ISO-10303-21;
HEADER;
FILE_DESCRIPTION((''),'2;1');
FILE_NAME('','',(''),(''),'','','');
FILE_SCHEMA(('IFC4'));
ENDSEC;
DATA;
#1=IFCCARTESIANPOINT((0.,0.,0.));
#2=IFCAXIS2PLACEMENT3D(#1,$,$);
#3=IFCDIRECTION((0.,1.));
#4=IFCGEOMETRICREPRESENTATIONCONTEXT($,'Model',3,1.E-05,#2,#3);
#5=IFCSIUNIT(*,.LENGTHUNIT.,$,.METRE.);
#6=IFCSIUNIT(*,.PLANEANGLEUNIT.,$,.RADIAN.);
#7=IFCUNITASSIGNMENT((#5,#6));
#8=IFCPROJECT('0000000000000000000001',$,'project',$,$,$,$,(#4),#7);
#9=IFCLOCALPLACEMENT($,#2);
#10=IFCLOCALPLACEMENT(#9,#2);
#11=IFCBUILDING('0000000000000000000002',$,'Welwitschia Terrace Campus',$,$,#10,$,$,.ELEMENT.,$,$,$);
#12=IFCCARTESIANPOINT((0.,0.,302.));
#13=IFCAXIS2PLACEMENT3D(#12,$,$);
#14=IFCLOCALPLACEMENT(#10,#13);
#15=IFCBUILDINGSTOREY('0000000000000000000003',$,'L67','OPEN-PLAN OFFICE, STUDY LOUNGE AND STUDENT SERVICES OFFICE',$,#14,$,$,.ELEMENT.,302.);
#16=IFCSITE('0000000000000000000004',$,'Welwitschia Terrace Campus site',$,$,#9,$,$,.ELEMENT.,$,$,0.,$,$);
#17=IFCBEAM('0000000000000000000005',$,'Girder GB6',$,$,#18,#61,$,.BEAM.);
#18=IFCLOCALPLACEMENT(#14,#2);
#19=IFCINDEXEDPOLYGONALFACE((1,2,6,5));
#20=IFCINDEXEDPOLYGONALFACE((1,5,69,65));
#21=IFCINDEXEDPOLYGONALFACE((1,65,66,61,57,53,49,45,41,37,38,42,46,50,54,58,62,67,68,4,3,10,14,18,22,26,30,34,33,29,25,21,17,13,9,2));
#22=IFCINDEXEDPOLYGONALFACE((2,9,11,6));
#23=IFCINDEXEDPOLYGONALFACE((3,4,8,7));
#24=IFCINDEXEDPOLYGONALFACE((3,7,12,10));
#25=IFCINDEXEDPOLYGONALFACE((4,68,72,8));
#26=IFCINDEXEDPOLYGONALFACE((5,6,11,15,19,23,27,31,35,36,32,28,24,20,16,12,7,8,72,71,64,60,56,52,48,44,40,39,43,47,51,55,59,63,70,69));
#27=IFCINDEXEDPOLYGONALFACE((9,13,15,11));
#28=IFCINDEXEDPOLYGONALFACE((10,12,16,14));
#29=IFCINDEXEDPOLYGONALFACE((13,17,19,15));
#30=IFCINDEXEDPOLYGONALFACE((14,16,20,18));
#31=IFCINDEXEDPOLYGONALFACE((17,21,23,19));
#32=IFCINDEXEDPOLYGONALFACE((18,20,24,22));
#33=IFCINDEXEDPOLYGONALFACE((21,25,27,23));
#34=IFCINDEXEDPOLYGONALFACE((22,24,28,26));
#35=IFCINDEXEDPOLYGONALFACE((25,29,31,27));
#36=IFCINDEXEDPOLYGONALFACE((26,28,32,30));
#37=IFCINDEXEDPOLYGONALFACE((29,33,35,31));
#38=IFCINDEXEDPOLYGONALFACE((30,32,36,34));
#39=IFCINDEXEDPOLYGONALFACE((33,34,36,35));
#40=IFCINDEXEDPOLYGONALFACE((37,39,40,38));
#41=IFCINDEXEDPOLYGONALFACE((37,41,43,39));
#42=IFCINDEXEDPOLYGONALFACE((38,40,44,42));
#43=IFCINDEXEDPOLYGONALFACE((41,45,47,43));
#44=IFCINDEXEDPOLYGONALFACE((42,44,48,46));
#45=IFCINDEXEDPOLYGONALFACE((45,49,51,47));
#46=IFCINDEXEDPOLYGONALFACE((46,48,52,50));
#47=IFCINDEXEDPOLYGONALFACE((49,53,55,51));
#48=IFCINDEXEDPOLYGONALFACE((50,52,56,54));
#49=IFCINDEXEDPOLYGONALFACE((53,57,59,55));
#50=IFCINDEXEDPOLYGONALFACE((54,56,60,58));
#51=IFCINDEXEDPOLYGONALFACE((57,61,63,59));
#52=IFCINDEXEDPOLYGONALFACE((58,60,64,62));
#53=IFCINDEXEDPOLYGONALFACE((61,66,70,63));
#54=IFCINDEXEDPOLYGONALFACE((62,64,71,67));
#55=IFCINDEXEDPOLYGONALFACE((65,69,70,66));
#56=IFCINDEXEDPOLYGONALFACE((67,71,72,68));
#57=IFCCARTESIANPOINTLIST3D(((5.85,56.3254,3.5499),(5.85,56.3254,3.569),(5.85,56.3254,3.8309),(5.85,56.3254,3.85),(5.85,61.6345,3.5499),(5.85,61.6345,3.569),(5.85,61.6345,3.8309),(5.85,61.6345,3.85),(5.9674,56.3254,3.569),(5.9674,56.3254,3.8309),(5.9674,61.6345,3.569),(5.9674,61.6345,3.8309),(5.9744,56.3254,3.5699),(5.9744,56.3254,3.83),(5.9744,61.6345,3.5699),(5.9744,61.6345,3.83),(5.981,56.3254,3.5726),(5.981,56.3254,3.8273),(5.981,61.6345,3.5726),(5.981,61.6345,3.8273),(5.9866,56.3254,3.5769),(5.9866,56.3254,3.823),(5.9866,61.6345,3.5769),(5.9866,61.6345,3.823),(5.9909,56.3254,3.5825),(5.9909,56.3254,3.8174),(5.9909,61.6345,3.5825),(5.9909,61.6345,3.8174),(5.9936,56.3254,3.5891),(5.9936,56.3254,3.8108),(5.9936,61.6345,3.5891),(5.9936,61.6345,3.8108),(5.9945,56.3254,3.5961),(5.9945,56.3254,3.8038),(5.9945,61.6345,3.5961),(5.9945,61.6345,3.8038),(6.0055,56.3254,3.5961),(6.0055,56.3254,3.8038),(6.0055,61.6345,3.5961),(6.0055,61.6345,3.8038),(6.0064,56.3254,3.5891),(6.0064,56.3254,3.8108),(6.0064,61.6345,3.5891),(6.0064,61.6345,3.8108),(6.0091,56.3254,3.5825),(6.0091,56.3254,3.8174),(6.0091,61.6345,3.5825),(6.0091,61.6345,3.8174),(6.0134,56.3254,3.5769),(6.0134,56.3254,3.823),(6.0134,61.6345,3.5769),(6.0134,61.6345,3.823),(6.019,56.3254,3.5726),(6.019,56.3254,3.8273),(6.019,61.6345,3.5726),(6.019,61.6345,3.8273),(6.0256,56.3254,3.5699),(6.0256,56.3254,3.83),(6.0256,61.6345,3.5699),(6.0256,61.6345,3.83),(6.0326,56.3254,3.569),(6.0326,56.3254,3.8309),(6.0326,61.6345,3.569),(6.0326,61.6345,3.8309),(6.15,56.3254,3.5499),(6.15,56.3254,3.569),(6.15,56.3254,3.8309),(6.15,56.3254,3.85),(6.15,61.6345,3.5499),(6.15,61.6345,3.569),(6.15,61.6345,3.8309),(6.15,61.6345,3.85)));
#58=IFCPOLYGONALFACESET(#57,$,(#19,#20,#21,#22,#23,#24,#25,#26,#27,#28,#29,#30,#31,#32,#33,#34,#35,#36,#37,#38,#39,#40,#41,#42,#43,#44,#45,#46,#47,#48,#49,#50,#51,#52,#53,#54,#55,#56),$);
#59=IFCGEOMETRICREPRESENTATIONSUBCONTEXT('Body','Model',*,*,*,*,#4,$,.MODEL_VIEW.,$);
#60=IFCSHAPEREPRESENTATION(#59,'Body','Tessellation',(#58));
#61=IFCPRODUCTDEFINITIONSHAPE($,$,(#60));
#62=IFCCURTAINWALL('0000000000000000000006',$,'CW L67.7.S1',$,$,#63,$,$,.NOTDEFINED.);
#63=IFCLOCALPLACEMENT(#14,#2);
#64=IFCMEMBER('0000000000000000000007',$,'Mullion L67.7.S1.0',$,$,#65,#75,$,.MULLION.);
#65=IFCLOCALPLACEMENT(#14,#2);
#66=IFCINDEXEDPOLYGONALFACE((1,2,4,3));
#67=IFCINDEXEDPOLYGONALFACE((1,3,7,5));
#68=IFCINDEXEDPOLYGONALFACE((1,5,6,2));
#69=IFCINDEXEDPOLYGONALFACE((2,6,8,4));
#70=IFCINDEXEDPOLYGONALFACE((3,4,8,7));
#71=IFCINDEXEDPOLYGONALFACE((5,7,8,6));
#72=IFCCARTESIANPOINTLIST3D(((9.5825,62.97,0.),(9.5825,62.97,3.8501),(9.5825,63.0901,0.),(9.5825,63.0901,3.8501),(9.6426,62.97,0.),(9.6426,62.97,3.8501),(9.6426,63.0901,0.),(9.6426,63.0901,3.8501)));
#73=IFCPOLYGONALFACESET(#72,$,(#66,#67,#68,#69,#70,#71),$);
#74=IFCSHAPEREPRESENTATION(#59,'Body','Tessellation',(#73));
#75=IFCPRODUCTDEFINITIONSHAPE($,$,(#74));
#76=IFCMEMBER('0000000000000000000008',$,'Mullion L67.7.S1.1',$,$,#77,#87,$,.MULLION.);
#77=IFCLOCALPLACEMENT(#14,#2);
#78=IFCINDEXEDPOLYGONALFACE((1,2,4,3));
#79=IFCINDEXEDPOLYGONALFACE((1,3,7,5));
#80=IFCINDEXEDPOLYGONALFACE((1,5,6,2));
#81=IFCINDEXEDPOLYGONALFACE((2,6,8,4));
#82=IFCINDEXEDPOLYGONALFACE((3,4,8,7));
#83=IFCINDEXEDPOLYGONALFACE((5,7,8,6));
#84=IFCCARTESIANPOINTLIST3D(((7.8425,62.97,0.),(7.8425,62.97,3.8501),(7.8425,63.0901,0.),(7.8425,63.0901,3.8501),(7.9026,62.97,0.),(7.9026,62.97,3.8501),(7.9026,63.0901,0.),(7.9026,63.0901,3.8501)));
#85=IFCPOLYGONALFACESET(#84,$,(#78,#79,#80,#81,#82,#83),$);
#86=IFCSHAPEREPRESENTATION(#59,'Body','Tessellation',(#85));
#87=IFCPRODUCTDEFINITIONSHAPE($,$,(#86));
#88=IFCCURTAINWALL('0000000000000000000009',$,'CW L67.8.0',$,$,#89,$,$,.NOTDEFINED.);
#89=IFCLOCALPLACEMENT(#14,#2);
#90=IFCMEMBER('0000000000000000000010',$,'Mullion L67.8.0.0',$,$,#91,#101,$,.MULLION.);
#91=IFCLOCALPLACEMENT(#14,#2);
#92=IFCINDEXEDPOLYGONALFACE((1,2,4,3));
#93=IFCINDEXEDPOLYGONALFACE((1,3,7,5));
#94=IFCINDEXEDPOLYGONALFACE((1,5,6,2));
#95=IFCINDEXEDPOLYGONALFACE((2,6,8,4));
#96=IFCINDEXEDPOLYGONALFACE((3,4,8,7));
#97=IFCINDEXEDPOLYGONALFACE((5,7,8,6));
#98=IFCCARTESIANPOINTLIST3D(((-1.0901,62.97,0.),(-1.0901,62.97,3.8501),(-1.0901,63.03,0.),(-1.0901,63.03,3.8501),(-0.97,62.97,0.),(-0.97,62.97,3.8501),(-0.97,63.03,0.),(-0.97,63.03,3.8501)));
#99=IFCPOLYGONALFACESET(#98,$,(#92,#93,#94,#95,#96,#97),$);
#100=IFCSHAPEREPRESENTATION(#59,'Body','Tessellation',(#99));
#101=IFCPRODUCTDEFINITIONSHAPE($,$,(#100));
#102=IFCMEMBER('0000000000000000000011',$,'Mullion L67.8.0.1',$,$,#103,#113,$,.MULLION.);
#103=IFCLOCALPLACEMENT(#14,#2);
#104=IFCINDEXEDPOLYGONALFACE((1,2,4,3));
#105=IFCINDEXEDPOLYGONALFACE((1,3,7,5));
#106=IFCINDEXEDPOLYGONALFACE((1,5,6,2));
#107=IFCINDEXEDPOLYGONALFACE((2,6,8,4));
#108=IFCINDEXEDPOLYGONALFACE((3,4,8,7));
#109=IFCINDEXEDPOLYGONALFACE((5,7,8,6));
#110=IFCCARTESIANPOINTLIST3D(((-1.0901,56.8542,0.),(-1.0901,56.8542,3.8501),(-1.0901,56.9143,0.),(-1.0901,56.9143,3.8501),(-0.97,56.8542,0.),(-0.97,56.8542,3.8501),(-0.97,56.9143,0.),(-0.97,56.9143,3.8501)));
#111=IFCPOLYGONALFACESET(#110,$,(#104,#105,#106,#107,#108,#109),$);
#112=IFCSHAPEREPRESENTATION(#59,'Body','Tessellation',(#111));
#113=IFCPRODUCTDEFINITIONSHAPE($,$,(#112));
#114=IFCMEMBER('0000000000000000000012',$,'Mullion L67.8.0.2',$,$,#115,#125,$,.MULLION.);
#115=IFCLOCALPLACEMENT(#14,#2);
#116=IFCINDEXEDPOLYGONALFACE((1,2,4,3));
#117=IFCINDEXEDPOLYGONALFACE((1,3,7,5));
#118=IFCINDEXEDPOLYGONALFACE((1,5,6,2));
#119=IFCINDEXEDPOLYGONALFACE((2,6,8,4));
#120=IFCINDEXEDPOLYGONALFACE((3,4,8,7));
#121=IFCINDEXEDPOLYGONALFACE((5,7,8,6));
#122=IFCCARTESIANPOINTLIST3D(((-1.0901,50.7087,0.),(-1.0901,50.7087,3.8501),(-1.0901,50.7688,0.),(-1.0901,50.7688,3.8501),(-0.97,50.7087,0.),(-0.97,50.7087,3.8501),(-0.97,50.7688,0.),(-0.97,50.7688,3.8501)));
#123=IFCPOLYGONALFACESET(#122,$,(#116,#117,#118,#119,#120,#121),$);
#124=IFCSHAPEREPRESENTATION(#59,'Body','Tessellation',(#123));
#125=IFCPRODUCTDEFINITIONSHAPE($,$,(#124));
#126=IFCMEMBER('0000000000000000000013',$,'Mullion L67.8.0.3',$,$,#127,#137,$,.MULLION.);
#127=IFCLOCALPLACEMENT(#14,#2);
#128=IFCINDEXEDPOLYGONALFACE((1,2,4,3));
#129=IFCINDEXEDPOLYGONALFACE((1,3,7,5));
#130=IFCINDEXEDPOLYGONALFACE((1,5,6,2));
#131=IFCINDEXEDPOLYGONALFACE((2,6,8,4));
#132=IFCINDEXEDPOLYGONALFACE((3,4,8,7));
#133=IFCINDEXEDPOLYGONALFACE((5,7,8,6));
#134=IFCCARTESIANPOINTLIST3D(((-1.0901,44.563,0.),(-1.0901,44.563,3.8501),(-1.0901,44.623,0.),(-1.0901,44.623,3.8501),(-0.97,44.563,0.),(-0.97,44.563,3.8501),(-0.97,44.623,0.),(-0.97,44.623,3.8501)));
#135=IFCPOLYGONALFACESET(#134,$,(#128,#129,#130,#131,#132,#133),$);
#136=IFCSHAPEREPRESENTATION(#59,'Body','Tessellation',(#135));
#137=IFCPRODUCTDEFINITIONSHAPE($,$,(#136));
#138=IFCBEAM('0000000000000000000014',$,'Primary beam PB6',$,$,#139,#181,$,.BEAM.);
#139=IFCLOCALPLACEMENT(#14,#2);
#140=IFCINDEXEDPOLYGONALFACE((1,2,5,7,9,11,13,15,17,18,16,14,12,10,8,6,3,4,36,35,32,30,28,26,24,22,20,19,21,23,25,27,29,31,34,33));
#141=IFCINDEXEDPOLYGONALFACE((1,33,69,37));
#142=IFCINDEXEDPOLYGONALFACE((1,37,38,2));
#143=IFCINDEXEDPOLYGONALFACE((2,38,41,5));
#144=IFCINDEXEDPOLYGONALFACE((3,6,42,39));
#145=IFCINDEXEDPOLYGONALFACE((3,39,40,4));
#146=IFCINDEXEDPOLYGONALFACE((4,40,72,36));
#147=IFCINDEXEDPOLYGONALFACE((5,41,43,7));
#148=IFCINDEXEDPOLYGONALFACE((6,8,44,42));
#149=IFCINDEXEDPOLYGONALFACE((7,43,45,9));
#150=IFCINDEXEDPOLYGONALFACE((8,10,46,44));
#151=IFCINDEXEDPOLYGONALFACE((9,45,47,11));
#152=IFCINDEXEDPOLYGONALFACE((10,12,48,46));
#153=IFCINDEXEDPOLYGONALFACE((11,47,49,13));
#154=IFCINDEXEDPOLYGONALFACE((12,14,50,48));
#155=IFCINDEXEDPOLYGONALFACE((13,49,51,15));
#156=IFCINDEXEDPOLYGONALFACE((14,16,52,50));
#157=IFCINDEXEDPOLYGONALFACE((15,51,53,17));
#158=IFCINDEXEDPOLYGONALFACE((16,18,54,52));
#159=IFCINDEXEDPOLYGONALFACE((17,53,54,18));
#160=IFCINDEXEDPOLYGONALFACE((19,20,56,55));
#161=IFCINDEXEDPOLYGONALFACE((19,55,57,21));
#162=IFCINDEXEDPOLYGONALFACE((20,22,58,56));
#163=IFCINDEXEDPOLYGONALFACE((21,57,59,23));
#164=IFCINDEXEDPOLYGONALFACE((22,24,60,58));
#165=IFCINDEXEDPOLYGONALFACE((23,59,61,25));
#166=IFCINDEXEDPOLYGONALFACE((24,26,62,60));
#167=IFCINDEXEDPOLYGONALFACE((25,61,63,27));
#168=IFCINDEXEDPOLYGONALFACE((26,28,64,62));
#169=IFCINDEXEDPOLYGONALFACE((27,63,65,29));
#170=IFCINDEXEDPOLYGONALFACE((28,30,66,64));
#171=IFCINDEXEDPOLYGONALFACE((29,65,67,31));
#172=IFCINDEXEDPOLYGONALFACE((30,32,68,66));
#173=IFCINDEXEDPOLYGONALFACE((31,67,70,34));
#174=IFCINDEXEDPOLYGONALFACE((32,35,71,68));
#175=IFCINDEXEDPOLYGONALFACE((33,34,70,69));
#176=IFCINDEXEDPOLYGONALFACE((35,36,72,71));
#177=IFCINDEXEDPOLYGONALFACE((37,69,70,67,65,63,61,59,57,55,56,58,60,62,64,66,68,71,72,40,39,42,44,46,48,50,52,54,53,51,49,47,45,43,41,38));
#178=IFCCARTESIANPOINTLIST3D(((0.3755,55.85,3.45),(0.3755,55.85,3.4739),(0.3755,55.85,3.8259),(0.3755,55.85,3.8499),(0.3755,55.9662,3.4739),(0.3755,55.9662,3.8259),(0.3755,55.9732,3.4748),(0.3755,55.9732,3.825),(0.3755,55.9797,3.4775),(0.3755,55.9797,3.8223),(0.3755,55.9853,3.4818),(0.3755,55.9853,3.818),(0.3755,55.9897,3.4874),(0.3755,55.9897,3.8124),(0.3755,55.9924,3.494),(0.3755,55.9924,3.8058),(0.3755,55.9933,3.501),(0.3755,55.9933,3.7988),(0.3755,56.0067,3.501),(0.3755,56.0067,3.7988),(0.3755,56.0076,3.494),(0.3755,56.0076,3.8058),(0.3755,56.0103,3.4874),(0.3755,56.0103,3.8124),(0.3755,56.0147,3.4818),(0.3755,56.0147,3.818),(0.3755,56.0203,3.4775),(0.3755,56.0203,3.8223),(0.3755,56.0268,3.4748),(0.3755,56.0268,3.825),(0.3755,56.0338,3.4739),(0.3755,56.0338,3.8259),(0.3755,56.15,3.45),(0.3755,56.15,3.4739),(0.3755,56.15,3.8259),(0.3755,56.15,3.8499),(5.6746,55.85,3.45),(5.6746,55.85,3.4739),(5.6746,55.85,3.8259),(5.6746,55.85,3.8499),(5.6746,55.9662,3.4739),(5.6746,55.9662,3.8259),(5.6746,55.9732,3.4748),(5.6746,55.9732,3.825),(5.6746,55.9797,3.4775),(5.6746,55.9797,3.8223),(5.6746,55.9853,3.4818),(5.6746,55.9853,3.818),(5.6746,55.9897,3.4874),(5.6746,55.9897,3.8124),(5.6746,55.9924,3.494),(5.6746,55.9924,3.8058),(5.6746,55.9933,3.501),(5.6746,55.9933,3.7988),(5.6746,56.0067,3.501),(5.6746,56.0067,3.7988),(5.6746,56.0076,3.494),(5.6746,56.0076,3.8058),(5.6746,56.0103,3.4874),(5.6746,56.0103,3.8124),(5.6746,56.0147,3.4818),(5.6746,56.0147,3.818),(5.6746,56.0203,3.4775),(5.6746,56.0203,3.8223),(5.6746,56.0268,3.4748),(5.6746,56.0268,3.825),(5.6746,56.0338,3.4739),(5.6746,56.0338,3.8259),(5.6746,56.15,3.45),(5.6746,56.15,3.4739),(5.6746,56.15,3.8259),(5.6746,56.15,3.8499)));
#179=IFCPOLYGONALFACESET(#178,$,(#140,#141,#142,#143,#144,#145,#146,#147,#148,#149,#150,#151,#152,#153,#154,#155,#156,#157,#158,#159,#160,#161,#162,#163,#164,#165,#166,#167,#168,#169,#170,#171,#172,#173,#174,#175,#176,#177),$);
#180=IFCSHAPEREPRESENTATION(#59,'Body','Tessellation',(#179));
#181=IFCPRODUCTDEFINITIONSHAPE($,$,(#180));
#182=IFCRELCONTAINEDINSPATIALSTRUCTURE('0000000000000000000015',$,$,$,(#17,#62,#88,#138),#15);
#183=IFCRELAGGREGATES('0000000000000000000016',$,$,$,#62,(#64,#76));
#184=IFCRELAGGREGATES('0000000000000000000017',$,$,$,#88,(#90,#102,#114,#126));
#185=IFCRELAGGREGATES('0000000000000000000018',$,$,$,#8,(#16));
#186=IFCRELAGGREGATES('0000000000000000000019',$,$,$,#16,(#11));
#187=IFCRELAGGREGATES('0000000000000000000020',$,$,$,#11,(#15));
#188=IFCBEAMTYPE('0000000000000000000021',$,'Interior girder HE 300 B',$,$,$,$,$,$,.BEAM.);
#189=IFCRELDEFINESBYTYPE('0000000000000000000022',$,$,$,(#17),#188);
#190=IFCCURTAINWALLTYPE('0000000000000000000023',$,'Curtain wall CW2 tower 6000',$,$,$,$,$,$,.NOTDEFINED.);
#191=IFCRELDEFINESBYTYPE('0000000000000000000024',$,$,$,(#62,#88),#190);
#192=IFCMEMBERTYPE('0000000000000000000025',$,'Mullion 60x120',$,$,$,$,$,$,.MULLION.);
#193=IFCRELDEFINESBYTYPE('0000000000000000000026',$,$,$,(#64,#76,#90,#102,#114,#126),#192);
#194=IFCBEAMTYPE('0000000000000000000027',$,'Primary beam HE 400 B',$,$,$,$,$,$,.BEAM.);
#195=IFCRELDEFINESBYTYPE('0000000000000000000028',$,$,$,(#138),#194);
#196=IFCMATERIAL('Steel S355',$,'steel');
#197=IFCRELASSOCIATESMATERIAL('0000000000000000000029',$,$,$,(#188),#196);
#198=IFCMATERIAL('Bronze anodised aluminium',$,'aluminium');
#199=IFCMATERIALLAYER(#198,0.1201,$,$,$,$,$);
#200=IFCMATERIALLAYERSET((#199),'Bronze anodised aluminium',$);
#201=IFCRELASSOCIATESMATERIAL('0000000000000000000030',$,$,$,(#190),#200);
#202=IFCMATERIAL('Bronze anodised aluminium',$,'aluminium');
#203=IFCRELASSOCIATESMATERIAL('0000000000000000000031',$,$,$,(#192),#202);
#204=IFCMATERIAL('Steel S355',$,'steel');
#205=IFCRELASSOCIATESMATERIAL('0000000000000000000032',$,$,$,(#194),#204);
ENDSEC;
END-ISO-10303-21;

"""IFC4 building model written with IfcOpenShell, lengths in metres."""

from ifc_helpers import new_model, si_unit, direction, frame, origin, origin_2d, place, context, subcontext, project, spatial, rectangle, i_section, extrude, material, layer, layer_set, material_profile, profile_set, type_object, element, aggregate, save


model = new_model("IFC4")

# Units and contexts
model_context = context("Model", 3, precision=1e-05, world=origin(), true_north=direction((0.0, 1.0)))
body_context = subcontext(model_context, "Body", "Model", "MODEL_VIEW")
ifc_project = project(units=[si_unit("LENGTHUNIT", "METRE"), si_unit("PLANEANGLEUNIT", "RADIAN")], contexts=[model_context])

# Site, building, storey
site_placement = place(None, origin())
site = spatial("IfcSite", under=ifc_project, at=site_placement, Name="Welwitschia Terrace Campus site", CompositionType="ELEMENT", RefElevation=0.0)
building_placement = place(site_placement, origin())
building = spatial("IfcBuilding", under=site, at=building_placement, Name="Welwitschia Terrace Campus", CompositionType="ELEMENT")
storey_placement = place(building_placement, frame((0.0, 0.0, 302.0)))
storey = spatial("IfcBuildingStorey", under=building, at=storey_placement, Name="L67", Description="OPEN-PLAN OFFICE, STUDY LOUNGE AND STUDENT SERVICES OFFICE", CompositionType="ELEMENT", Elevation=302.0)

# Beam
ifc_material_1 = material(Name="Steel S355", Category="steel")
ifc_material_profile_1 = material_profile(ifc_material_1, i_section(OverallWidth=0.3, OverallDepth=0.3, WebThickness=0.011, FlangeThickness=0.019, FilletRadius=0.0271, at=origin_2d()))
ifc_profile_set_1 = profile_set([ifc_material_profile_1], Name="Steel S355")
beam_type_1 = type_object("IfcBeamType", Name="Interior girder HE 300 B", PredefinedType="BEAM", material=ifc_profile_set_1)
beam_1_placement = place(storey_placement, frame((6.0, 56.3254, 3.7), z_axis=(0.0, 1.0, 0.0), x_axis=(-1.0, 0.0, 0.0)))
element("IfcBeam", 1, at=beam_1_placement, inside=storey, type_object=beam_type_1, Name="Girder GB6", PredefinedType="BEAM", context=body_context, shape_type="SweptSolid", body=[
    extrude(i_section(OverallWidth=0.3, OverallDepth=0.3, WebThickness=0.011, FlangeThickness=0.019, FilletRadius=0.0271, at=origin_2d()), origin(), (0.0, 0.0, 1.0), 5.3091),
])

# Curtain walls, members
ifc_material_2 = material(Name="Bronze anodised aluminium", Category="aluminium")
ifc_layer_1 = layer(ifc_material_2, 0.1201)
ifc_layer_set_1 = layer_set([ifc_layer_1], Name="Bronze anodised aluminium")
curtain_wall_type = type_object("IfcCurtainWallType", Name="Curtain wall CW2 tower 6000", PredefinedType="NOTDEFINED", material=ifc_layer_set_1)
curtain_wall_1_placement = place(storey_placement, origin())
curtain_wall_1 = element("IfcCurtainWall", 2, at=curtain_wall_1_placement, inside=storey, type_object=curtain_wall_type, Name="CW L67.7.S1", PredefinedType="NOTDEFINED")
ifc_material_3 = material(Name="Bronze anodised aluminium", Category="aluminium")
ifc_material_profile_2 = material_profile(ifc_material_3, rectangle(XDim=0.1201, YDim=0.0601, at=origin_2d()))
ifc_profile_set_2 = profile_set([ifc_material_profile_2], Name="Bronze anodised aluminium")
member_type_1 = type_object("IfcMemberType", Name="Mullion 60x120", PredefinedType="MULLION", material=ifc_profile_set_2)
member_1_placement = place(storey_placement, frame((9.6125, 63.03, 0.0), z_axis=(0.0, 0.0, 1.0), x_axis=(0.0, -1.0, 0.0)))
member_1 = element("IfcMember", 3, at=member_1_placement, type_object=member_type_1, Name="Mullion L67.7.S1.0", PredefinedType="MULLION", context=body_context, shape_type="SweptSolid", body=[
    extrude(rectangle(XDim=0.1201, YDim=0.0601, at=origin_2d()), origin(), (0.0, 0.0, 1.0), 3.8501),
])
member_2_placement = place(storey_placement, frame((7.8726, 63.03, 0.0), z_axis=(0.0, 0.0, 1.0), x_axis=(0.0, -1.0, 0.0)))
member_2 = element("IfcMember", 4, at=member_2_placement, type_object=member_type_1, Name="Mullion L67.7.S1.1", PredefinedType="MULLION", context=body_context, shape_type="SweptSolid", body=[
    extrude(rectangle(XDim=0.1201, YDim=0.0601, at=origin_2d()), origin(), (0.0, 0.0, 1.0), 3.8501),
])
curtain_wall_2_placement = place(storey_placement, origin())
curtain_wall_2 = element("IfcCurtainWall", 5, at=curtain_wall_2_placement, inside=storey, type_object=curtain_wall_type, Name="CW L67.8.0", PredefinedType="NOTDEFINED")
member_3_placement = place(storey_placement, frame((-1.03, 63.0, 0.0), z_axis=(0.0, 0.0, 1.0), x_axis=(1.0, 0.0, 0.0)))
member_3 = element("IfcMember", 6, at=member_3_placement, type_object=member_type_1, Name="Mullion L67.8.0.0", PredefinedType="MULLION", context=body_context, shape_type="SweptSolid", body=[
    extrude(rectangle(XDim=0.1201, YDim=0.0601, at=origin_2d()), origin(), (0.0, 0.0, 1.0), 3.8501),
])
member_4_placement = place(storey_placement, frame((-1.03, 56.8843, 0.0), z_axis=(0.0, 0.0, 1.0), x_axis=(1.0, 0.0, 0.0)))
member_4 = element("IfcMember", 7, at=member_4_placement, type_object=member_type_1, Name="Mullion L67.8.0.1", PredefinedType="MULLION", context=body_context, shape_type="SweptSolid", body=[
    extrude(rectangle(XDim=0.1201, YDim=0.0601, at=origin_2d()), origin(), (0.0, 0.0, 1.0), 3.8501),
])
member_5_placement = place(storey_placement, frame((-1.03, 50.7388, 0.0), z_axis=(0.0, 0.0, 1.0), x_axis=(1.0, 0.0, 0.0)))
member_5 = element("IfcMember", 8, at=member_5_placement, type_object=member_type_1, Name="Mullion L67.8.0.2", PredefinedType="MULLION", context=body_context, shape_type="SweptSolid", body=[
    extrude(rectangle(XDim=0.1201, YDim=0.0601, at=origin_2d()), origin(), (0.0, 0.0, 1.0), 3.8501),
])
member_6_placement = place(storey_placement, frame((-1.03, 44.593, 0.0), z_axis=(0.0, 0.0, 1.0), x_axis=(1.0, 0.0, 0.0)))
member_6 = element("IfcMember", 9, at=member_6_placement, type_object=member_type_1, Name="Mullion L67.8.0.3", PredefinedType="MULLION", context=body_context, shape_type="SweptSolid", body=[
    extrude(rectangle(XDim=0.1201, YDim=0.0601, at=origin_2d()), origin(), (0.0, 0.0, 1.0), 3.8501),
])

# Beam
ifc_material_4 = material(Name="Steel S355", Category="steel")
ifc_material_profile_3 = material_profile(ifc_material_4, i_section(OverallWidth=0.3, OverallDepth=0.3999, WebThickness=0.0134, FlangeThickness=0.0239, FilletRadius=0.0271, at=origin_2d()))
ifc_profile_set_3 = profile_set([ifc_material_profile_3], Name="Steel S355")
beam_type_2 = type_object("IfcBeamType", Name="Primary beam HE 400 B", PredefinedType="BEAM", material=ifc_profile_set_3)
for number, where, z_axis, x_axis, name in (
    (10, (0.3755, 56.0, 3.6499), (1.0, 0.0, 0.0), (0.0, 1.0, 0.0), "Primary beam PB6"),
):
    element("IfcBeam", number, at=place(storey_placement, frame(where, z_axis=z_axis, x_axis=x_axis)), inside=storey, type_object=beam_type_2, Name=name, PredefinedType="BEAM", context=body_context, shape_type="SweptSolid", body=[
        extrude(i_section(OverallWidth=0.3, OverallDepth=0.3999, WebThickness=0.0134, FlangeThickness=0.0239, FilletRadius=0.0271, at=origin_2d()), origin(), (0.0, 0.0, 1.0), 5.2991),
    ])

aggregate(curtain_wall_1, [member_1, member_2])
aggregate(curtain_wall_2, [member_3, member_4, member_5, member_6])

save(model, "model.ifc")
